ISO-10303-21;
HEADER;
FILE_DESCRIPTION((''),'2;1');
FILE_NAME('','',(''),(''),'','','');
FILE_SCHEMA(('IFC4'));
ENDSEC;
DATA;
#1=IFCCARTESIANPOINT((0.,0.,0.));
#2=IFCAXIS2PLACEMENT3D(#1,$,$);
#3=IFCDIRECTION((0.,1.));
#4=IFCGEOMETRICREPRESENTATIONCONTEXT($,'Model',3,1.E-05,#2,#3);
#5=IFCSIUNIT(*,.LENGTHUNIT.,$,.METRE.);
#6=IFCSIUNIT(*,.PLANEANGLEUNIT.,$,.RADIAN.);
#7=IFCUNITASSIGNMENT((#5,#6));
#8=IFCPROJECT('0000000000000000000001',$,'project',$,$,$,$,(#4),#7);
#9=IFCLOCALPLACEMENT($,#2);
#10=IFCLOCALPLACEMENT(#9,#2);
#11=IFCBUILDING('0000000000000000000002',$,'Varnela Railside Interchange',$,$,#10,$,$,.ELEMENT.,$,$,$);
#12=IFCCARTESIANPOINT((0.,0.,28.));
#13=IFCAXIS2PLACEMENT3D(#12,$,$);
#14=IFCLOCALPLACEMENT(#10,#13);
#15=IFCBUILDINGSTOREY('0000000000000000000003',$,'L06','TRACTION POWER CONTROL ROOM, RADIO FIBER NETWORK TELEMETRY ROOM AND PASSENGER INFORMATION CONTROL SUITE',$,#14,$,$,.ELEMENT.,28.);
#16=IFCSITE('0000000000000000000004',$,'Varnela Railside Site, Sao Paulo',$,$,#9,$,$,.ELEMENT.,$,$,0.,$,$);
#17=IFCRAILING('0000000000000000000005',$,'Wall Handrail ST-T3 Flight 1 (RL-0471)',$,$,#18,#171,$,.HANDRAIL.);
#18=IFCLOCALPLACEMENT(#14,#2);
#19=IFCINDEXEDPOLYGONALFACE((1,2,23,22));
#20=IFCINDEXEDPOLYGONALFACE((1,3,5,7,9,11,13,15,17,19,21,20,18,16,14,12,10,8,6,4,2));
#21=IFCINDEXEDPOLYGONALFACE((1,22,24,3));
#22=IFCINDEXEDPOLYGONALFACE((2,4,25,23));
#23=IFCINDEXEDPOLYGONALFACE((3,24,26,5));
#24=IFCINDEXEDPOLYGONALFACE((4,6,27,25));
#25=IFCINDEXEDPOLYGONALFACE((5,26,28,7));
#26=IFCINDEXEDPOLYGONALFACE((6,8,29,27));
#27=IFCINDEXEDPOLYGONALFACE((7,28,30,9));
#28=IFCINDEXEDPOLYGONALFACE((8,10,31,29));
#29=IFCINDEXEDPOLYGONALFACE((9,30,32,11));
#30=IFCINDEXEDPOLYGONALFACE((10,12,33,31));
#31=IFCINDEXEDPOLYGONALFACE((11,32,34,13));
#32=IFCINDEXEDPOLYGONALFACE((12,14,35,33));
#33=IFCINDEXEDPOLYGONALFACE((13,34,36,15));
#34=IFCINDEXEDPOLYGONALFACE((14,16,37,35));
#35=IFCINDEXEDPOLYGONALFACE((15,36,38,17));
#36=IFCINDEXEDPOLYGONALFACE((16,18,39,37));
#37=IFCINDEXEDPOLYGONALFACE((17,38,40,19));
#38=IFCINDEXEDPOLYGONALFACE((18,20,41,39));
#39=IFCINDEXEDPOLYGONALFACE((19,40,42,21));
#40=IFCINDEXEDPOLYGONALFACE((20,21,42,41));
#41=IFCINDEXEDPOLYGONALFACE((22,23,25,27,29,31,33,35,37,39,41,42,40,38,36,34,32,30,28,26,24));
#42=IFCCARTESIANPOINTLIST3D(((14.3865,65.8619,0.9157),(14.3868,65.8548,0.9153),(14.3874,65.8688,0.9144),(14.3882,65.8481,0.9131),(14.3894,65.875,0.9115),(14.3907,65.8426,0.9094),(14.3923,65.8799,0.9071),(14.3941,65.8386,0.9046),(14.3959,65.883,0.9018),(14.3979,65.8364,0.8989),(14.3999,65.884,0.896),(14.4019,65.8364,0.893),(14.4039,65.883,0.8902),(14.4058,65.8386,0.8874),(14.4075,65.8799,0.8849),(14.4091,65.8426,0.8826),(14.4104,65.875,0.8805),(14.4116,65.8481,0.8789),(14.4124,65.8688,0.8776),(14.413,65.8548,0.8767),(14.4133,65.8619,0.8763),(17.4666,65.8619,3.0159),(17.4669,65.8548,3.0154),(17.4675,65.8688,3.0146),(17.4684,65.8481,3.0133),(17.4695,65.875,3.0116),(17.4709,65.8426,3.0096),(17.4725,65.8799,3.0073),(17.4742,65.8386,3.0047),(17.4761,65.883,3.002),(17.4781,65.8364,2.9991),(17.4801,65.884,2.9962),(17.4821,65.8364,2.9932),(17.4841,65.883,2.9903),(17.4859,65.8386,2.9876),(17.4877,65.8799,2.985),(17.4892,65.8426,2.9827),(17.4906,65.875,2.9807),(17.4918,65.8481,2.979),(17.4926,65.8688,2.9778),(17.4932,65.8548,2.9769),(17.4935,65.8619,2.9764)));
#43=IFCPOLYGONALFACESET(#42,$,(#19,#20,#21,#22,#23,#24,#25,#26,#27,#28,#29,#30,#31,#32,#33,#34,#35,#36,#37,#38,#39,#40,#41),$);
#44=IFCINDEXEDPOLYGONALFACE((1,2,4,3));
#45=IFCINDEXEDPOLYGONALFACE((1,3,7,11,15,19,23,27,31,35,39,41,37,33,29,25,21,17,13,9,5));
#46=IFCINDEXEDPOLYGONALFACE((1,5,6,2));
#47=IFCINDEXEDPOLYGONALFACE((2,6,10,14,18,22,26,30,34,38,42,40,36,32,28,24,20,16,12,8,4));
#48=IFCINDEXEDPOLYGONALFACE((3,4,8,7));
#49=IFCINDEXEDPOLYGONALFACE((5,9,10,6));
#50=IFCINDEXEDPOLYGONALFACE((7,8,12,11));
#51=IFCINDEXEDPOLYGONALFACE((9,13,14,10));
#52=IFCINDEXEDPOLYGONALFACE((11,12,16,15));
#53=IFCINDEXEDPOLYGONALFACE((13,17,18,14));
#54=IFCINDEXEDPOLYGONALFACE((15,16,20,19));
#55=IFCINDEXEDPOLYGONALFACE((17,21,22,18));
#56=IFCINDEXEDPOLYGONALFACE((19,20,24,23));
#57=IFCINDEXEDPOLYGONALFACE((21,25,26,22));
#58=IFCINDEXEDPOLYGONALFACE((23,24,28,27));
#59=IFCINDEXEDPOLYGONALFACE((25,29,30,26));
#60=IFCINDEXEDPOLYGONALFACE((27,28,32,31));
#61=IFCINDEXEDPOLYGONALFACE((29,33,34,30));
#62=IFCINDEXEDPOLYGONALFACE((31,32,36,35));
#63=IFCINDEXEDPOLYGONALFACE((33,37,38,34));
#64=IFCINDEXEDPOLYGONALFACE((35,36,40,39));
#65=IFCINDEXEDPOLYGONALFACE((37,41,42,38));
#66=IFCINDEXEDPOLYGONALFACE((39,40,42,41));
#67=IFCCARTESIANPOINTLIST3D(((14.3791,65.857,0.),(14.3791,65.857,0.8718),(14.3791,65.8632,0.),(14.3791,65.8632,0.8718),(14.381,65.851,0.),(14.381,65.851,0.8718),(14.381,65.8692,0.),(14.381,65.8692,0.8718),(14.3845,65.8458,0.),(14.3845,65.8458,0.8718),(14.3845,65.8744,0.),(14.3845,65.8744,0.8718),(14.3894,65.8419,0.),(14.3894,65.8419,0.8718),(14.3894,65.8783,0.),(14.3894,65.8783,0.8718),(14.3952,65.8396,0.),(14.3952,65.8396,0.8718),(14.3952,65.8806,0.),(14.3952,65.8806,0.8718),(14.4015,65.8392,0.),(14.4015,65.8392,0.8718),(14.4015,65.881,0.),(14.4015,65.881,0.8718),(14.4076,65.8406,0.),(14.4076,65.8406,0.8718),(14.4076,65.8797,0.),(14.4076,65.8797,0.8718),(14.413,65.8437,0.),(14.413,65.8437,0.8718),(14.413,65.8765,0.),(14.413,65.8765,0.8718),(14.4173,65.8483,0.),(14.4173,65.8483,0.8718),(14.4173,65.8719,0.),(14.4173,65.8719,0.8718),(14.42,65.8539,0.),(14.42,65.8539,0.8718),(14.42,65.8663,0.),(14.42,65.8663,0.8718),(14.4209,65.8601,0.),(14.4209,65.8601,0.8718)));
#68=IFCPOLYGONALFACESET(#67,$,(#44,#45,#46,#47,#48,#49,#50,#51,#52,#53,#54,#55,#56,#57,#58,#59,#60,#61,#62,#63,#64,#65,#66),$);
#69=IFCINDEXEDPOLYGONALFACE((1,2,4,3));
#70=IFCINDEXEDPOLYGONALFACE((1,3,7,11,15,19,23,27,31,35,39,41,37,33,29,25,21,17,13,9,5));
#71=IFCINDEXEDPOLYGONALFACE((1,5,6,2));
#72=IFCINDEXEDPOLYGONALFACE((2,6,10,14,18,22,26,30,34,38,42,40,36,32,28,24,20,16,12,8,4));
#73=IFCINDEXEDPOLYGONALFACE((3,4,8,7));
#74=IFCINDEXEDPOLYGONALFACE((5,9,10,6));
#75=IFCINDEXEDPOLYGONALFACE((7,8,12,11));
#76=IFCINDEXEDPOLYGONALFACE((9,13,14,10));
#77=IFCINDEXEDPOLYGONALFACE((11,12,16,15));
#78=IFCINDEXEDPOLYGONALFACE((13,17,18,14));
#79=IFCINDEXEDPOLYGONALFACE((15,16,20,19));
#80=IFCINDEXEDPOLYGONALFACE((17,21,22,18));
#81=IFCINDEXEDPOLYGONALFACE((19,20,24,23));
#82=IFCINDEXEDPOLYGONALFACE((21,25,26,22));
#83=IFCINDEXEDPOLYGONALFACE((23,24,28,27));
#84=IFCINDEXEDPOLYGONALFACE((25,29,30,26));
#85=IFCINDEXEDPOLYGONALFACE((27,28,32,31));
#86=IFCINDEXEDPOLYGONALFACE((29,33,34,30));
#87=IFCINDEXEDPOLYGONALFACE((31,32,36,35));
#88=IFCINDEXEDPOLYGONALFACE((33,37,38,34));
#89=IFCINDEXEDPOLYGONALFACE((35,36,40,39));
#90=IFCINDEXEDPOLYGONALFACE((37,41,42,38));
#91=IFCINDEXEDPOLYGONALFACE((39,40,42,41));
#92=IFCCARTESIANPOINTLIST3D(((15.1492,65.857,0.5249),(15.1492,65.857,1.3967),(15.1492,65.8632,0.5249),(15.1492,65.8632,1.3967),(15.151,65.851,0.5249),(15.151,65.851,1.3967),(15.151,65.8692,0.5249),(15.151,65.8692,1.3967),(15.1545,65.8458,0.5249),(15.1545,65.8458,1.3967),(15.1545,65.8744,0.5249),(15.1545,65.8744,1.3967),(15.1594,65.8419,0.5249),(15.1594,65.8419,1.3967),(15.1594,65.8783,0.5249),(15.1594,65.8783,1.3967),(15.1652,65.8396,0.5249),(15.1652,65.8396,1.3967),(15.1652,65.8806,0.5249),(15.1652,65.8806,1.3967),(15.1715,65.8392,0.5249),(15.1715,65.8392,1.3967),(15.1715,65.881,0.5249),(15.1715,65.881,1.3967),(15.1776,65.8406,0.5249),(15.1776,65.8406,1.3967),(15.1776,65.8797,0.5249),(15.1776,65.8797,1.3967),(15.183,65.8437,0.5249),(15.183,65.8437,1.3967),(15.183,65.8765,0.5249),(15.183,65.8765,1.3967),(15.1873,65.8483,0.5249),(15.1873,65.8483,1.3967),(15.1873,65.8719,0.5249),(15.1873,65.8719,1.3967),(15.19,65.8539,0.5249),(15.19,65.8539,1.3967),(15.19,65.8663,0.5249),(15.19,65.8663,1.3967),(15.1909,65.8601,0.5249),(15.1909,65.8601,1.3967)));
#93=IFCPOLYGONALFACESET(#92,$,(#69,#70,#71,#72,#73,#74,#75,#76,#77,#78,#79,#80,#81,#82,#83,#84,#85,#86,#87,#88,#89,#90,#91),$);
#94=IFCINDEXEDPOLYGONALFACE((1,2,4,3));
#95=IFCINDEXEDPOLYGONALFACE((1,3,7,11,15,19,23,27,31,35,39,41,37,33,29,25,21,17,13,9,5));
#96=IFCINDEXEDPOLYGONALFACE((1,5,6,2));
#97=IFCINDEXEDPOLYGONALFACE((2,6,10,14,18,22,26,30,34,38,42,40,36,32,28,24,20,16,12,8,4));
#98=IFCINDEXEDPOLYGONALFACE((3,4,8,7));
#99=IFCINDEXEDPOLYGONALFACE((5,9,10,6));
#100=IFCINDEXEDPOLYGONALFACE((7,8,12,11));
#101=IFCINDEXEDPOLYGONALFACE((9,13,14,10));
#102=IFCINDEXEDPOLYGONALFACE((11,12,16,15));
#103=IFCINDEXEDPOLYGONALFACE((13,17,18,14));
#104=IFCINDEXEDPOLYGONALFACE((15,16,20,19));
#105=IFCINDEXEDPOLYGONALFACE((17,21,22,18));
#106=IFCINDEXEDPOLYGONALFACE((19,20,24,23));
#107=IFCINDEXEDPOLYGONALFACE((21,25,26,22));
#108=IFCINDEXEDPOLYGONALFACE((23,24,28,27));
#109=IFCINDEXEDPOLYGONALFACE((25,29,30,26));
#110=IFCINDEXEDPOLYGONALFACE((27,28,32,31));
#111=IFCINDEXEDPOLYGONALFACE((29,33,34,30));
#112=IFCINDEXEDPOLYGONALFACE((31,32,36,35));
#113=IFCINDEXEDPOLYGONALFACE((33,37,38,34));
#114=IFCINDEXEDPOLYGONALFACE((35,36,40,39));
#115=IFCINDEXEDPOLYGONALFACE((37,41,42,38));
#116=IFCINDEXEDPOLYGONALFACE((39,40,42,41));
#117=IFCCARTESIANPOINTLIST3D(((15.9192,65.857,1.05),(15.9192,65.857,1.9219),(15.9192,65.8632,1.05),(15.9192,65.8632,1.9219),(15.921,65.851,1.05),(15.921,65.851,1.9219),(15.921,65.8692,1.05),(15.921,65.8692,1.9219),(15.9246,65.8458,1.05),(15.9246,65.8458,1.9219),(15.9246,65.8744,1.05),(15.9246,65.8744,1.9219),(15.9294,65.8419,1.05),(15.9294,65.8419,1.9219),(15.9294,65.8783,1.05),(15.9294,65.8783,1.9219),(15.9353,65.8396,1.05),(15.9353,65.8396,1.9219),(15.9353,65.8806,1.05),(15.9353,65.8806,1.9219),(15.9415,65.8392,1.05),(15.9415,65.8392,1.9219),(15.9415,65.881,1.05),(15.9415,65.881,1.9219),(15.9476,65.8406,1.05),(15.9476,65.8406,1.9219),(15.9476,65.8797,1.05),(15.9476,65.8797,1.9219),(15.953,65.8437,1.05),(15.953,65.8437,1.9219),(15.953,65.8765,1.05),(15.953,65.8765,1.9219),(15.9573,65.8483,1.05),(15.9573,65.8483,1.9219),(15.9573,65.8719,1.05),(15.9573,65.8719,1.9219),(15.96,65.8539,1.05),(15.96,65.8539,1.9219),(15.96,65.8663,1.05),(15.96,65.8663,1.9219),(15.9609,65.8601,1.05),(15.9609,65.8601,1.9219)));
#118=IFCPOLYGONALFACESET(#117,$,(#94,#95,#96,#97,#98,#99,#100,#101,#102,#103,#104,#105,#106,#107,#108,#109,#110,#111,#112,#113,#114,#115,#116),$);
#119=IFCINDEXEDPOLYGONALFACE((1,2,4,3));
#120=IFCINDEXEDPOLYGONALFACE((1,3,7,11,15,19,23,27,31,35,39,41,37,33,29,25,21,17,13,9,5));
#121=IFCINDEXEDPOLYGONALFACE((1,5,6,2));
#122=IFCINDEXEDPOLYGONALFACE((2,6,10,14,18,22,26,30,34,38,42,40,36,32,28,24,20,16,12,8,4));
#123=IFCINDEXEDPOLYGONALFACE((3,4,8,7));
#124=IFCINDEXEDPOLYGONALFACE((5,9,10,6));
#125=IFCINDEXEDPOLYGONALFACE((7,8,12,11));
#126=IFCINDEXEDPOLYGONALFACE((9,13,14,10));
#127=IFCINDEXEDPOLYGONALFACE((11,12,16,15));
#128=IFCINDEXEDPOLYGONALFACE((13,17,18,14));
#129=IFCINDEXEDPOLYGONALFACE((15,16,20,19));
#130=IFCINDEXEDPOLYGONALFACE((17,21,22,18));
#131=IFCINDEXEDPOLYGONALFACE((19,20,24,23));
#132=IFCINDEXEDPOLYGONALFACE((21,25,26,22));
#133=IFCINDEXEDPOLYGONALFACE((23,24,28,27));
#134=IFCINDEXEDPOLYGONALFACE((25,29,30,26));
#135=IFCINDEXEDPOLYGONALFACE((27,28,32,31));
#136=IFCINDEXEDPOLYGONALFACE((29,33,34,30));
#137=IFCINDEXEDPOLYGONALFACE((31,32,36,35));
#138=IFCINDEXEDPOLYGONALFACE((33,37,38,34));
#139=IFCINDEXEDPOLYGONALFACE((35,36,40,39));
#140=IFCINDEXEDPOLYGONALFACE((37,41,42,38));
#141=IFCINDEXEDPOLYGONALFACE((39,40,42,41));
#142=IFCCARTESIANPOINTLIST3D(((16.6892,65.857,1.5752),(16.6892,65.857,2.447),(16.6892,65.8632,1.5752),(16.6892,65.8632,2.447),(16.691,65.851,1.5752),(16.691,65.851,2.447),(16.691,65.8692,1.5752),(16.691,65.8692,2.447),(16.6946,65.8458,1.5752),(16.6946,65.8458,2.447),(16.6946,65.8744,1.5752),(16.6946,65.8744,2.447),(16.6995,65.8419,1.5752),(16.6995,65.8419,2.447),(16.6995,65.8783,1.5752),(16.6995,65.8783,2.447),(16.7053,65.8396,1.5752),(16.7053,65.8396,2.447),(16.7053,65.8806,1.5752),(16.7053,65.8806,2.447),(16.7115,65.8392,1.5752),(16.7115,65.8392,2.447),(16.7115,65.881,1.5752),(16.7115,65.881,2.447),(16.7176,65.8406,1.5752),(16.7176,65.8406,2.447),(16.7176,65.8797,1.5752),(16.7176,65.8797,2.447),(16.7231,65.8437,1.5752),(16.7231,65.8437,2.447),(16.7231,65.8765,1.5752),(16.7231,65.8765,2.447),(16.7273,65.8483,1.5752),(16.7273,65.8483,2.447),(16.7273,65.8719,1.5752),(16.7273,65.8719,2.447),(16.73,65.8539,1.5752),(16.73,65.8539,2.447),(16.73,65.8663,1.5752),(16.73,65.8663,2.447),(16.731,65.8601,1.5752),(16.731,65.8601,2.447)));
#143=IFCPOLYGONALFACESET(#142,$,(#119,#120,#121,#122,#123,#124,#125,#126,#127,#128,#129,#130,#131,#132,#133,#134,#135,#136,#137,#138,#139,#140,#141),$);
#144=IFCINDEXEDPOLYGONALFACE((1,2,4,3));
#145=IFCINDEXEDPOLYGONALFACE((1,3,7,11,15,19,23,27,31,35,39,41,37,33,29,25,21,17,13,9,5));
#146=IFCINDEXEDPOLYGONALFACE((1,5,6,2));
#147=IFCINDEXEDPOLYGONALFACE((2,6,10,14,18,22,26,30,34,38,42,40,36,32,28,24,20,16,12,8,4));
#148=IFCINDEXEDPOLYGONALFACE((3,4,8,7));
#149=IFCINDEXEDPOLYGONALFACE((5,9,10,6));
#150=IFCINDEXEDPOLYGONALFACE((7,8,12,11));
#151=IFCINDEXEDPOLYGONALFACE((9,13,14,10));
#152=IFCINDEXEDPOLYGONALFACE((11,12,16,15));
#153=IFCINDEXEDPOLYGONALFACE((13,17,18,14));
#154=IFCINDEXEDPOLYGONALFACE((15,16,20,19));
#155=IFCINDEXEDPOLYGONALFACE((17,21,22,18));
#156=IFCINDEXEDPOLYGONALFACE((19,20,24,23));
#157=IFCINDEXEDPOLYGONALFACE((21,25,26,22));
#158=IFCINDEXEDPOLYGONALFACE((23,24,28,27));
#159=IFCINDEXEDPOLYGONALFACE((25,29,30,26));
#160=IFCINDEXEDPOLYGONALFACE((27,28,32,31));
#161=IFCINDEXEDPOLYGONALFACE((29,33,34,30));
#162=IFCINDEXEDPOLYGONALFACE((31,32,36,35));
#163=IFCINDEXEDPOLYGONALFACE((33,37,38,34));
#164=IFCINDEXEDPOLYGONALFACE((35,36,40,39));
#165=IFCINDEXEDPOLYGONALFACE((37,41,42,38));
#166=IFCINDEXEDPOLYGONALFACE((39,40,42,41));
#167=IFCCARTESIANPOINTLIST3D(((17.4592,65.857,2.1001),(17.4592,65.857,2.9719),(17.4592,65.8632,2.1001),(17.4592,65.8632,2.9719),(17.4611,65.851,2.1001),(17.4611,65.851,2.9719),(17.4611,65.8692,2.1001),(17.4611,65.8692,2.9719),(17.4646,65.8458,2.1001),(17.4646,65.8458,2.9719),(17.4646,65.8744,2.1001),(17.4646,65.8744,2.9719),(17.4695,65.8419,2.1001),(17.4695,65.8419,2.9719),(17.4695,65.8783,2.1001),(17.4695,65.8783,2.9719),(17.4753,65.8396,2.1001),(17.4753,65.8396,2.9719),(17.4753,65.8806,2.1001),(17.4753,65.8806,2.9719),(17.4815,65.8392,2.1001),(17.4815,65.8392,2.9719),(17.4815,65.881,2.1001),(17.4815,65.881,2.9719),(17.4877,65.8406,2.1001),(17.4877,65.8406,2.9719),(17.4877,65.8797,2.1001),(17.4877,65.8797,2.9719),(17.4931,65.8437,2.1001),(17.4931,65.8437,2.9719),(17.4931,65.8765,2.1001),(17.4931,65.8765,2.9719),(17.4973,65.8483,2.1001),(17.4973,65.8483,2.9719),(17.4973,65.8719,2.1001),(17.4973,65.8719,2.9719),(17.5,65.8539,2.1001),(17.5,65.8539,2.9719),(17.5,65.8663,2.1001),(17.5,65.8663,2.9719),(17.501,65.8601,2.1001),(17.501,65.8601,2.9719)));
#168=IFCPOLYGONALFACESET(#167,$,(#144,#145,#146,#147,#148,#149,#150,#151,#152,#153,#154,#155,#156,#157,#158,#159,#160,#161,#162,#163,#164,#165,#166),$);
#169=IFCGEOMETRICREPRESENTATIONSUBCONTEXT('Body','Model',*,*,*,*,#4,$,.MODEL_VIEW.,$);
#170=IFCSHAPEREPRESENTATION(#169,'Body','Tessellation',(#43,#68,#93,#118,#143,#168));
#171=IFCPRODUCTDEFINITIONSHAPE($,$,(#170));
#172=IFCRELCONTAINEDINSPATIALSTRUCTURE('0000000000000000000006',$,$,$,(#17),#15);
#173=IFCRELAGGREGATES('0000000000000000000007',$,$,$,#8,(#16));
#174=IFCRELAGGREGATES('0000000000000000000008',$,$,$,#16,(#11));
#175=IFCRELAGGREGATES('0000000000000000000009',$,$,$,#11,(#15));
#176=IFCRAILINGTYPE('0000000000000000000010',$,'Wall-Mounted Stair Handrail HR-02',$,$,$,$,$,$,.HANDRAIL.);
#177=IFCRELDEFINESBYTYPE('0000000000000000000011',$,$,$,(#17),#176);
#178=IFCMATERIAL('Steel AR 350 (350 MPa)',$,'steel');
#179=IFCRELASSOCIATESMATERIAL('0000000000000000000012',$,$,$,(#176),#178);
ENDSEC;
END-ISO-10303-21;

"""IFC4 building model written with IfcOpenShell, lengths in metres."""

from ifc_helpers import new_model, si_unit, direction, frame, origin, origin_2d, place, context, subcontext, project, spatial, circle, extrude, material, type_object, element, save


model = new_model("IFC4")

# Units and contexts
model_context = context("Model", 3, precision=1e-05, world=origin(), true_north=direction((0.0, 1.0)))
body_context = subcontext(model_context, "Body", "Model", "MODEL_VIEW")
ifc_project = project(units=[si_unit("LENGTHUNIT", "METRE"), si_unit("PLANEANGLEUNIT", "RADIAN")], contexts=[model_context])

# Site, building, storey
site_placement = place(None, origin())
site = spatial("IfcSite", under=ifc_project, at=site_placement, Name="Varnela Railside Site, Sao Paulo", CompositionType="ELEMENT", RefElevation=0.0)
building_placement = place(site_placement, origin())
building = spatial("IfcBuilding", under=site, at=building_placement, Name="Varnela Railside Interchange", CompositionType="ELEMENT")
storey_placement = place(building_placement, frame((0.0, 0.0, 28.0)))
storey = spatial("IfcBuildingStorey", under=building, at=storey_placement, Name="L06", Description="TRACTION POWER CONTROL ROOM, RADIO FIBER NETWORK TELEMETRY ROOM AND PASSENGER INFORMATION CONTROL SUITE", CompositionType="ELEMENT", Elevation=28.0)

# Shared definitions
ifc_material_1 = material(Name="Steel AR 350 (350 MPa)", Category="steel")

# Railing
railing_type_1 = type_object("IfcRailingType", Name="Wall-Mounted Stair Handrail HR-02", PredefinedType="HANDRAIL", material=ifc_material_1)
railing_1_placement = place(storey_placement, frame((14.3999, 65.8601, 0.0)))
element("IfcRailing", 1, at=railing_1_placement, inside=storey, type_object=railing_type_1, Name="Wall Handrail ST-T3 Flight 1 (RL-0471)", PredefinedType="HANDRAIL", context=body_context, shape_type="SweptSolid", body=[
    extrude(circle(Radius=0.0239, at=origin_2d()), frame((0.0, 0.0, 0.896), z_axis=(0.826222, 0.0, 0.563345), x_axis=(0.0, 1.0, 0.0)), (0.0, 0.0, 1.0), 3.728),
    extrude(circle(Radius=0.021, at=origin_2d()), origin(), (0.0, 0.0, 1.0), 0.8718),
    extrude(circle(Radius=0.021, at=origin_2d()), frame((0.77, 0.0, 0.5249)), (0.0, 0.0, 1.0), 0.8718),
    extrude(circle(Radius=0.021, at=origin_2d()), frame((1.54, 0.0, 1.05)), (0.0, 0.0, 1.0), 0.8718),
    extrude(circle(Radius=0.021, at=origin_2d()), frame((2.3101, 0.0, 1.5752)), (0.0, 0.0, 1.0), 0.8718),
    extrude(circle(Radius=0.021, at=origin_2d()), frame((3.0801, 0.0, 2.1001)), (0.0, 0.0, 1.0), 0.8718),
])

save(model, "model.ifc")
